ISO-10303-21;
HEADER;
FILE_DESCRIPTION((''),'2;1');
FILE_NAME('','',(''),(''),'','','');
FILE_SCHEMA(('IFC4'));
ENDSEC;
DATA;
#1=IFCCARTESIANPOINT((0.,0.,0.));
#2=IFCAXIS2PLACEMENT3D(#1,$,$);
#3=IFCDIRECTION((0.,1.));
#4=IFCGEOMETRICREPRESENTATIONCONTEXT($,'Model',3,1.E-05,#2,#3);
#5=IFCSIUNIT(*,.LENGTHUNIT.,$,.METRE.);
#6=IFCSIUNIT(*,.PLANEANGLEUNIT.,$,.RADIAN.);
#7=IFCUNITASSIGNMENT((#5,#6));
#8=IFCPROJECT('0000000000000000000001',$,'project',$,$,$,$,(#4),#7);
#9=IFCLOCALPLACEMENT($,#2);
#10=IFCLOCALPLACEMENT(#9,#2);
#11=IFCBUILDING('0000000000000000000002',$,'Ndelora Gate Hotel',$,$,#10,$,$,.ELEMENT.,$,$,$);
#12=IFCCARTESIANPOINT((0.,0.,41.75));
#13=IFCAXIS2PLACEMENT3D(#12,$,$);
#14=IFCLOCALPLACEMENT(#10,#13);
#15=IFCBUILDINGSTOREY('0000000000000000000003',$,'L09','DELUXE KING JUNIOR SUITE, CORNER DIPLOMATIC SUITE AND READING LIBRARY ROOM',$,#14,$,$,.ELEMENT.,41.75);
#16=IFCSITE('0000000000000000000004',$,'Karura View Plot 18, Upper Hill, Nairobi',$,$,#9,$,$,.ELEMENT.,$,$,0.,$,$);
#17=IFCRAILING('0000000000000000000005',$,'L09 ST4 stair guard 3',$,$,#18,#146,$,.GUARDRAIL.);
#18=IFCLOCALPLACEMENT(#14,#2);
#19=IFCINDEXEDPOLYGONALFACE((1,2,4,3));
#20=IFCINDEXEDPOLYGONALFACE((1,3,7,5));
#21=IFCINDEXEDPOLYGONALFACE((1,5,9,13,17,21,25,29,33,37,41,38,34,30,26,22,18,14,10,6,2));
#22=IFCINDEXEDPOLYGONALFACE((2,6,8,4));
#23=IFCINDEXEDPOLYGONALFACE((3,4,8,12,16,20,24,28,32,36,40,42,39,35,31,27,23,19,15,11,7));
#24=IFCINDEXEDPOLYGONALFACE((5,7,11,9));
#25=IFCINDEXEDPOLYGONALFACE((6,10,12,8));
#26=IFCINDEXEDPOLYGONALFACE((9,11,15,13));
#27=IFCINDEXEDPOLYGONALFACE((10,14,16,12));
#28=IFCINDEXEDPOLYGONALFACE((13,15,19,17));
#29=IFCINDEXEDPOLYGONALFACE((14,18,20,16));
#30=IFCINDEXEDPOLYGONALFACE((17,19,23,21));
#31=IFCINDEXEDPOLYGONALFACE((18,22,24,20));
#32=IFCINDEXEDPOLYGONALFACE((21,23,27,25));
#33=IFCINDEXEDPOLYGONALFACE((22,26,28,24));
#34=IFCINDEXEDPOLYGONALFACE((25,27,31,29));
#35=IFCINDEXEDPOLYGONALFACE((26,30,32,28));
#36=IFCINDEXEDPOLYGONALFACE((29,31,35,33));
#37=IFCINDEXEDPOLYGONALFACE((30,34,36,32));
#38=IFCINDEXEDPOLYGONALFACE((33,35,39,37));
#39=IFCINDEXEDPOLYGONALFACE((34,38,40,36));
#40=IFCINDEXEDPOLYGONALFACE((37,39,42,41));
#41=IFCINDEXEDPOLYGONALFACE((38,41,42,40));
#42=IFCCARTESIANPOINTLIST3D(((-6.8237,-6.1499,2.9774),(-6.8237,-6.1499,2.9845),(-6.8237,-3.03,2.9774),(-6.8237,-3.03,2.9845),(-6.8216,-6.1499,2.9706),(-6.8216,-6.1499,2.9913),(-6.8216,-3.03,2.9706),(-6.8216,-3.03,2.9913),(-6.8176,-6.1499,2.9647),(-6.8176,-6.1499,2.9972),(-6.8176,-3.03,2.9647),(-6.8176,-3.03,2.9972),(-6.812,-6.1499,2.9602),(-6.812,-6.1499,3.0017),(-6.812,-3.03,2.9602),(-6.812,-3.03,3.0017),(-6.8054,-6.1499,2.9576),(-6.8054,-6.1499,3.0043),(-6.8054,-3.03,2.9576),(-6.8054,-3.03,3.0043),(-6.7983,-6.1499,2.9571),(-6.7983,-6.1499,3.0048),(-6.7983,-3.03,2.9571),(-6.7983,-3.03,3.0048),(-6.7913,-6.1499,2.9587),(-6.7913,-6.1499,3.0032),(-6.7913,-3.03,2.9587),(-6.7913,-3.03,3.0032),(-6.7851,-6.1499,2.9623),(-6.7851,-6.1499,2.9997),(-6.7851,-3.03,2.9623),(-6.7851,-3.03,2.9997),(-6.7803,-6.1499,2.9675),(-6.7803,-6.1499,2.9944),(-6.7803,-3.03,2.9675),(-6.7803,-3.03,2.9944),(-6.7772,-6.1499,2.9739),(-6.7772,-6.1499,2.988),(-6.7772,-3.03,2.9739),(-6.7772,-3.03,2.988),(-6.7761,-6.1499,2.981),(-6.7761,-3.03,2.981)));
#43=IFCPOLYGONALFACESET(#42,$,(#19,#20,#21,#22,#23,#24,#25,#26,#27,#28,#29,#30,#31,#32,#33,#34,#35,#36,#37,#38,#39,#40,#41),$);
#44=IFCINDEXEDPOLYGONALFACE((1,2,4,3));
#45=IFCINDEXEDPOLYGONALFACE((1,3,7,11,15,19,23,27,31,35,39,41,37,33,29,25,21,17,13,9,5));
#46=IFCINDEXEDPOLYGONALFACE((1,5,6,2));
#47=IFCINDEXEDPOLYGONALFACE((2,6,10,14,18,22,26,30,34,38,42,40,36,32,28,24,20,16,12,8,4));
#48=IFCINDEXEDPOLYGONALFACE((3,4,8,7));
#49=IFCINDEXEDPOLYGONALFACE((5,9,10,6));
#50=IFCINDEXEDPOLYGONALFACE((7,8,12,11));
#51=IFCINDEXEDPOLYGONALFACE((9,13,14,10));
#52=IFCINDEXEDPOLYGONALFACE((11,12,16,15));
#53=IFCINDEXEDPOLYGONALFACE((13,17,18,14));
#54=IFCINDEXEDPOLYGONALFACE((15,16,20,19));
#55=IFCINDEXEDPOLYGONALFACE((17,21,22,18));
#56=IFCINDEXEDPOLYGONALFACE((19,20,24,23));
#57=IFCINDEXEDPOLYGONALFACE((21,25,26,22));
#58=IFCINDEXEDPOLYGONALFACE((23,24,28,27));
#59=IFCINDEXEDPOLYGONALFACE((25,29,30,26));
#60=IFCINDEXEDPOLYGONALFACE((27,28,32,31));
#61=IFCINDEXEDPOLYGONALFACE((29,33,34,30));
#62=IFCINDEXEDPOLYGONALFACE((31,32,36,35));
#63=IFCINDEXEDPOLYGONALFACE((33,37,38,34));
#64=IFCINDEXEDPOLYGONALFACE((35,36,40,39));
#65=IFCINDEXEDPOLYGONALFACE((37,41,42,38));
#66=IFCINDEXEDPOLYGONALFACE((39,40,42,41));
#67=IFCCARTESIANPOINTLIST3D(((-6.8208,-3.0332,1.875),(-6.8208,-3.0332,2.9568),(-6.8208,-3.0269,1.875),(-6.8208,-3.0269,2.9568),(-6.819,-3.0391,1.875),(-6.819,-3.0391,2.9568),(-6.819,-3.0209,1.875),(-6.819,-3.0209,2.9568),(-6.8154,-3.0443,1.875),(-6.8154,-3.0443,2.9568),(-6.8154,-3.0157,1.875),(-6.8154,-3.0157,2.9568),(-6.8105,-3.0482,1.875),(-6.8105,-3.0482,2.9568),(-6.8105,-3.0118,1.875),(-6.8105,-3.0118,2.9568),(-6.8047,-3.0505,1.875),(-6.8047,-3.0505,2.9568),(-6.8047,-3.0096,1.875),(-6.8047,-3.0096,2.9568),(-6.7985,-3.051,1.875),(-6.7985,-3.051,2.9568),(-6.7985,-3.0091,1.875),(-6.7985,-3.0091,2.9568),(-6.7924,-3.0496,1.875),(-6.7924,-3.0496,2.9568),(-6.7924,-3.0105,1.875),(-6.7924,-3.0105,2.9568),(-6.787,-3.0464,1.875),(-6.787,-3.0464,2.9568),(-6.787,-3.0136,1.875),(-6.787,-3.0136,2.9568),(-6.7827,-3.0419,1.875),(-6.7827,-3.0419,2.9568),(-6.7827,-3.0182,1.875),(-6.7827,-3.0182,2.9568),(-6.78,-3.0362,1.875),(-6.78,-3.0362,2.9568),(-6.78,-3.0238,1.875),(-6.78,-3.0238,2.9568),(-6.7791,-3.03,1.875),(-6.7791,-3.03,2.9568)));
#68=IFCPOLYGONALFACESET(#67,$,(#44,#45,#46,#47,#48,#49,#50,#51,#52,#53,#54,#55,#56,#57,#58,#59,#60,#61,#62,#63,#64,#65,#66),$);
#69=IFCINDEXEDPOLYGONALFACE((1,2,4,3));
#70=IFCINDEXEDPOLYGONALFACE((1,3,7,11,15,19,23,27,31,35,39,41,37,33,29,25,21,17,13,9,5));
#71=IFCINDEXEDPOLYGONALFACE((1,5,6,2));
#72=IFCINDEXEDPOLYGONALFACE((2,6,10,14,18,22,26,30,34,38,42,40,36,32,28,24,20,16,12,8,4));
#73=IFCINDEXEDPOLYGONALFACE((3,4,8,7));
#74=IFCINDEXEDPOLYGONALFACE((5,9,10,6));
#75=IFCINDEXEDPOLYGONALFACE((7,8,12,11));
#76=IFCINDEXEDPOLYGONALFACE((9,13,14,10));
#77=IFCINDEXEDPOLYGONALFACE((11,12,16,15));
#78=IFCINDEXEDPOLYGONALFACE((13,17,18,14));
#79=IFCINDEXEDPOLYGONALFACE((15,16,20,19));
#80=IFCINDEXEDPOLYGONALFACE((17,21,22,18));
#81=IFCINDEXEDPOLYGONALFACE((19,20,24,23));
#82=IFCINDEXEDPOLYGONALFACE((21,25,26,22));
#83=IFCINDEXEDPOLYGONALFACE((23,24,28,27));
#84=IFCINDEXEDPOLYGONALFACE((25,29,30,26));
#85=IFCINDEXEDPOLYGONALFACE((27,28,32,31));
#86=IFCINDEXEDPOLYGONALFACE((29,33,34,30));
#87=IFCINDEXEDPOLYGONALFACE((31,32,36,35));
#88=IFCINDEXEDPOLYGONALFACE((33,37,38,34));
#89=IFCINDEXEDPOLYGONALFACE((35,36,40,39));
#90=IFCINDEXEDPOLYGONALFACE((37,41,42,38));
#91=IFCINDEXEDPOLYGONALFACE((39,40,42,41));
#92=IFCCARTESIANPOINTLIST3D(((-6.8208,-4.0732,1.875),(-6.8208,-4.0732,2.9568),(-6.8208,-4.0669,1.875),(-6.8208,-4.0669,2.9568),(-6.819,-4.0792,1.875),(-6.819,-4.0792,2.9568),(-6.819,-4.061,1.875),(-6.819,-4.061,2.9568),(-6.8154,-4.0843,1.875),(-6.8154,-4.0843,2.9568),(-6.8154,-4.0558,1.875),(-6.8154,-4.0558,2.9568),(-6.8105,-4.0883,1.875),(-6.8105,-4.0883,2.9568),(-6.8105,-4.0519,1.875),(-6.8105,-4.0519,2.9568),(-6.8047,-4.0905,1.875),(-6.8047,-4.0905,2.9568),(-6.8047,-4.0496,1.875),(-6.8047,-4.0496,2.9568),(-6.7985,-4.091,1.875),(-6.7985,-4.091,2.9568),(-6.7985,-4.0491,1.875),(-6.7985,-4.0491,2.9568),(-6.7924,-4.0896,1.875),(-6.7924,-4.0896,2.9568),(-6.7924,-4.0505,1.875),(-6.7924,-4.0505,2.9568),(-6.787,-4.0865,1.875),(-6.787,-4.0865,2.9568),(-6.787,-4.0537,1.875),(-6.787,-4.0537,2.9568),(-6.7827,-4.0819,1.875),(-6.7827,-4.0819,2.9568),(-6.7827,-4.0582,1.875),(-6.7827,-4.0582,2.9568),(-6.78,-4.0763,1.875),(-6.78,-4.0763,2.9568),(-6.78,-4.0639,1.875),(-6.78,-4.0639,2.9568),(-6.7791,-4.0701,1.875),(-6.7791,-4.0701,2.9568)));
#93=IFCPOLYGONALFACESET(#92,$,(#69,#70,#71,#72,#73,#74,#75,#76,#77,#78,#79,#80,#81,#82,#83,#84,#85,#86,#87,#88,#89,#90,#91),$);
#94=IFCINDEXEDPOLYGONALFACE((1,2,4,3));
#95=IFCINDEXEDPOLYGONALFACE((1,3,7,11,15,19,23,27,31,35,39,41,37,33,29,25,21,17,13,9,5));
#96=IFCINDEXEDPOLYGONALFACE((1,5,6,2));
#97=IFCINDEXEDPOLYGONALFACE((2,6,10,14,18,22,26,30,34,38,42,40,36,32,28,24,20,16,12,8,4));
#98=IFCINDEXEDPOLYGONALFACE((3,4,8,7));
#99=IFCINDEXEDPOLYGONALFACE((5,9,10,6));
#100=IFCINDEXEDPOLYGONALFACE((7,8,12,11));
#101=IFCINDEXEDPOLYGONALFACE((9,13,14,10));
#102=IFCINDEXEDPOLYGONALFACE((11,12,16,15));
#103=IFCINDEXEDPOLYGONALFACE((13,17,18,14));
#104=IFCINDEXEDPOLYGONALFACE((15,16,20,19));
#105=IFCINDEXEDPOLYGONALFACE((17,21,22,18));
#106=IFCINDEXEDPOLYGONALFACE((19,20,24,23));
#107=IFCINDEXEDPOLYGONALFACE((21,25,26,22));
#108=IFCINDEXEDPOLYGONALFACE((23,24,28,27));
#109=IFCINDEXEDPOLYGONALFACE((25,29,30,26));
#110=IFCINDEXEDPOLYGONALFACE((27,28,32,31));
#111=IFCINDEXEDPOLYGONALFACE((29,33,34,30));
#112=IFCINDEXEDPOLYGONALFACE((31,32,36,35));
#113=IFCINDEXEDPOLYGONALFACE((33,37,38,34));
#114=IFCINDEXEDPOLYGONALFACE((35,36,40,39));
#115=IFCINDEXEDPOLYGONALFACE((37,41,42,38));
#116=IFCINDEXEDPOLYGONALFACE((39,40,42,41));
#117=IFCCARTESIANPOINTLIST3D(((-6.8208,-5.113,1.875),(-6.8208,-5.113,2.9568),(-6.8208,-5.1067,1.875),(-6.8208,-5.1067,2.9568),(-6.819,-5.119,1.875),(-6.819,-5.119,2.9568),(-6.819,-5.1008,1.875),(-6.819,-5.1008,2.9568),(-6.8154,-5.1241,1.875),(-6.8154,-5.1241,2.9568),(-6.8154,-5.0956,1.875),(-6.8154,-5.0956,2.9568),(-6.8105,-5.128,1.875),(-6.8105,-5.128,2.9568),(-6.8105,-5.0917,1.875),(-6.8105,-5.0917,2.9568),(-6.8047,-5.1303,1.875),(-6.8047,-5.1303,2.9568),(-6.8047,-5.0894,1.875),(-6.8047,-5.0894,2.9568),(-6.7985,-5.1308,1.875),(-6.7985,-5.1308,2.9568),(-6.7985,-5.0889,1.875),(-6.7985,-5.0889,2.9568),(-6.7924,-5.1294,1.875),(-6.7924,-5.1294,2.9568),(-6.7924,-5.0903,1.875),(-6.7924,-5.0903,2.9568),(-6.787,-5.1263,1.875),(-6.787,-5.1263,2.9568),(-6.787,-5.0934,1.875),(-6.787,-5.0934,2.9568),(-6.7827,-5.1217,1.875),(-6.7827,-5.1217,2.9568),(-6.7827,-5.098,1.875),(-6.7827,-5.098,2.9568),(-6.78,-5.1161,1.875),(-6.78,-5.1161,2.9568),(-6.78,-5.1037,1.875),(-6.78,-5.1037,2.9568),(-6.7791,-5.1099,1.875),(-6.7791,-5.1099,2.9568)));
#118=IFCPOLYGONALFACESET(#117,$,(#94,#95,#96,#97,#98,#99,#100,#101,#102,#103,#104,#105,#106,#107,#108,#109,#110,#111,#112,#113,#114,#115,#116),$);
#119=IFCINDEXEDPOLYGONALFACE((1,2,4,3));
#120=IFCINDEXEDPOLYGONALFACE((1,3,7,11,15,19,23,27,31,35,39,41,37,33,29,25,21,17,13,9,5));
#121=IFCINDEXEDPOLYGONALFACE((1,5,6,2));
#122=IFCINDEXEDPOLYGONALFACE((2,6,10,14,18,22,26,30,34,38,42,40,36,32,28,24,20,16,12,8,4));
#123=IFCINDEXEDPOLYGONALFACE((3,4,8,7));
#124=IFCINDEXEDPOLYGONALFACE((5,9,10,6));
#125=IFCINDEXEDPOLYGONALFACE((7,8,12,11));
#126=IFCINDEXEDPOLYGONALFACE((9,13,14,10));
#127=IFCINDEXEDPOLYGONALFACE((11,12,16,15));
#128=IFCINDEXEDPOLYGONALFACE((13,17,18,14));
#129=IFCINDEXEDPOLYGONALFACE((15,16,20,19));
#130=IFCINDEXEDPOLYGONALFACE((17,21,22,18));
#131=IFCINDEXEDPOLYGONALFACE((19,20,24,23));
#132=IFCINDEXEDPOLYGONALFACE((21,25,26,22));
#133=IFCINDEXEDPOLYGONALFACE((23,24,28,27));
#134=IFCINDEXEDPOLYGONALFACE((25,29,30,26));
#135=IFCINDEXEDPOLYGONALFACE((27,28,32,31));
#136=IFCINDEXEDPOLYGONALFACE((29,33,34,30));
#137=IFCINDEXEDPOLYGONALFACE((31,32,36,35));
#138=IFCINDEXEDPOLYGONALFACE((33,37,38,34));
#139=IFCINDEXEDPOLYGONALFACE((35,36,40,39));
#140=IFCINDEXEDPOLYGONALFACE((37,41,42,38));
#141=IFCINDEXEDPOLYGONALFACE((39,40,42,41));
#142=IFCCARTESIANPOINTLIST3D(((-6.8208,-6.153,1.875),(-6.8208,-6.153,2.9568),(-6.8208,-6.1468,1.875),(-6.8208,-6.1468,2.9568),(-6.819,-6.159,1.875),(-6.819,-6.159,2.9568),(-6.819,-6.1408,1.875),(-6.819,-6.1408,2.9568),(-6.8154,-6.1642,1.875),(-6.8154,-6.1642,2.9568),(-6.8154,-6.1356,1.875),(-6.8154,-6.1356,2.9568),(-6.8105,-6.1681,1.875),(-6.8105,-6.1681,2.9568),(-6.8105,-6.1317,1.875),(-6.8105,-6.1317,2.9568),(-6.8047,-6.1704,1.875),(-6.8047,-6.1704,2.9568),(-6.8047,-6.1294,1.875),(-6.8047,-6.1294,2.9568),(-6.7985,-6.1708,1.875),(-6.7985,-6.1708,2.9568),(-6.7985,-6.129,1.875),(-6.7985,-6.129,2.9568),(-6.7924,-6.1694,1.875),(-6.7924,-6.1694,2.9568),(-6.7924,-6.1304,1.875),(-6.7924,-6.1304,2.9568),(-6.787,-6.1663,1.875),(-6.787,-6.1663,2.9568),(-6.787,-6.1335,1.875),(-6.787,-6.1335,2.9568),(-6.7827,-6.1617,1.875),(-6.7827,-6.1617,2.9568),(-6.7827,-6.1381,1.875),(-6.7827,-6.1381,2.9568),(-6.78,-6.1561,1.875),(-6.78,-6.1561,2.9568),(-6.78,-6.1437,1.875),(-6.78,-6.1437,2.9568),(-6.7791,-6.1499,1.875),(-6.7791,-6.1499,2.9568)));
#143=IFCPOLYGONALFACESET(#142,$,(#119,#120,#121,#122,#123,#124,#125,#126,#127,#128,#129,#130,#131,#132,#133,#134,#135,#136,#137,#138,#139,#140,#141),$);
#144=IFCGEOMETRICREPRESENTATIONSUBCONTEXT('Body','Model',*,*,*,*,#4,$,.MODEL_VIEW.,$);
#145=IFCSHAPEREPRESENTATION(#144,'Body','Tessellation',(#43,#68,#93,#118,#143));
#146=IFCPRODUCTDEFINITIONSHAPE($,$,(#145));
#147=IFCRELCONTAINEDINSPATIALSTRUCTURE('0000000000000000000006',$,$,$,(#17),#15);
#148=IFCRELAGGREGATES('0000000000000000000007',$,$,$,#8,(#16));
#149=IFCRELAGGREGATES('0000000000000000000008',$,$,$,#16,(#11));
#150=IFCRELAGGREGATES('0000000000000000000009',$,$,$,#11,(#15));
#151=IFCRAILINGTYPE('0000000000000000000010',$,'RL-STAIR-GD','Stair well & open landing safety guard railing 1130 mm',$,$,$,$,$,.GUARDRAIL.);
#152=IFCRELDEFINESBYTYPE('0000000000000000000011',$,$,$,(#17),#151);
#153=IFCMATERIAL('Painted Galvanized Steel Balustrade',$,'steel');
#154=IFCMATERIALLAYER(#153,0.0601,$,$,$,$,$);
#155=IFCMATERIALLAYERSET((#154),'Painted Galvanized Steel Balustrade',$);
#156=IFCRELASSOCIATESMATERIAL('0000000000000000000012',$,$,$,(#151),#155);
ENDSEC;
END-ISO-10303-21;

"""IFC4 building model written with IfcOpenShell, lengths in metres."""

from ifc_helpers import new_model, si_unit, direction, frame, origin, origin_2d, place, context, subcontext, project, spatial, circle, extrude, material, layer, layer_set, type_object, element, save


model = new_model("IFC4")

# Units and contexts
model_context = context("Model", 3, precision=1e-05, world=origin(), true_north=direction((0.0, 1.0)))
body_context = subcontext(model_context, "Body", "Model", "MODEL_VIEW")
ifc_project = project(units=[si_unit("LENGTHUNIT", "METRE"), si_unit("PLANEANGLEUNIT", "RADIAN")], contexts=[model_context])

# Site, building, storey
site_placement = place(None, origin())
site = spatial("IfcSite", under=ifc_project, at=site_placement, Name="Karura View Plot 18, Upper Hill, Nairobi", CompositionType="ELEMENT", RefElevation=0.0)
building_placement = place(site_placement, origin())
building = spatial("IfcBuilding", under=site, at=building_placement, Name="Ndelora Gate Hotel", CompositionType="ELEMENT")
storey_placement = place(building_placement, frame((0.0, 0.0, 41.75)))
storey = spatial("IfcBuildingStorey", under=building, at=storey_placement, Name="L09", Description="DELUXE KING JUNIOR SUITE, CORNER DIPLOMATIC SUITE AND READING LIBRARY ROOM", CompositionType="ELEMENT", Elevation=41.75)

# Railing
ifc_material_1 = material(Name="Painted Galvanized Steel Balustrade", Category="steel")
ifc_layer_1 = layer(ifc_material_1, 0.0601)
ifc_layer_set_1 = layer_set([ifc_layer_1], Name="Painted Galvanized Steel Balustrade")
railing_type = type_object("IfcRailingType", Name="RL-STAIR-GD", Description="Stair well & open landing safety guard railing 1130 mm", PredefinedType="GUARDRAIL", material=ifc_layer_set_1)
railing_1_placement = place(storey_placement, frame((-6.8, -3.03, 1.875)))
element("IfcRailing", 1, at=railing_1_placement, inside=storey, type_object=railing_type, Name="L09 ST4 stair guard 3", PredefinedType="GUARDRAIL", context=body_context, shape_type="SweptSolid", body=[
    extrude(circle(Radius=0.0239, at=origin_2d()), frame((0.0, 0.0, 1.106), z_axis=(0.0, -1.0, 0.0), x_axis=(1.0, 0.0, 0.0)), (0.0, 0.0, 1.0), 3.1199),
    extrude(circle(Radius=0.021, at=origin_2d()), origin(), (0.0, 0.0, 1.0), 1.0818),
    extrude(circle(Radius=0.021, at=origin_2d()), frame((0.0, -1.04, 0.0)), (0.0, 0.0, 1.0), 1.0818),
    extrude(circle(Radius=0.021, at=origin_2d()), frame((0.0, -2.0798, 0.0)), (0.0, 0.0, 1.0), 1.0818),
    extrude(circle(Radius=0.021, at=origin_2d()), frame((0.0, -3.1199, 0.0)), (0.0, 0.0, 1.0), 1.0818),
])

save(model, "model.ifc")
